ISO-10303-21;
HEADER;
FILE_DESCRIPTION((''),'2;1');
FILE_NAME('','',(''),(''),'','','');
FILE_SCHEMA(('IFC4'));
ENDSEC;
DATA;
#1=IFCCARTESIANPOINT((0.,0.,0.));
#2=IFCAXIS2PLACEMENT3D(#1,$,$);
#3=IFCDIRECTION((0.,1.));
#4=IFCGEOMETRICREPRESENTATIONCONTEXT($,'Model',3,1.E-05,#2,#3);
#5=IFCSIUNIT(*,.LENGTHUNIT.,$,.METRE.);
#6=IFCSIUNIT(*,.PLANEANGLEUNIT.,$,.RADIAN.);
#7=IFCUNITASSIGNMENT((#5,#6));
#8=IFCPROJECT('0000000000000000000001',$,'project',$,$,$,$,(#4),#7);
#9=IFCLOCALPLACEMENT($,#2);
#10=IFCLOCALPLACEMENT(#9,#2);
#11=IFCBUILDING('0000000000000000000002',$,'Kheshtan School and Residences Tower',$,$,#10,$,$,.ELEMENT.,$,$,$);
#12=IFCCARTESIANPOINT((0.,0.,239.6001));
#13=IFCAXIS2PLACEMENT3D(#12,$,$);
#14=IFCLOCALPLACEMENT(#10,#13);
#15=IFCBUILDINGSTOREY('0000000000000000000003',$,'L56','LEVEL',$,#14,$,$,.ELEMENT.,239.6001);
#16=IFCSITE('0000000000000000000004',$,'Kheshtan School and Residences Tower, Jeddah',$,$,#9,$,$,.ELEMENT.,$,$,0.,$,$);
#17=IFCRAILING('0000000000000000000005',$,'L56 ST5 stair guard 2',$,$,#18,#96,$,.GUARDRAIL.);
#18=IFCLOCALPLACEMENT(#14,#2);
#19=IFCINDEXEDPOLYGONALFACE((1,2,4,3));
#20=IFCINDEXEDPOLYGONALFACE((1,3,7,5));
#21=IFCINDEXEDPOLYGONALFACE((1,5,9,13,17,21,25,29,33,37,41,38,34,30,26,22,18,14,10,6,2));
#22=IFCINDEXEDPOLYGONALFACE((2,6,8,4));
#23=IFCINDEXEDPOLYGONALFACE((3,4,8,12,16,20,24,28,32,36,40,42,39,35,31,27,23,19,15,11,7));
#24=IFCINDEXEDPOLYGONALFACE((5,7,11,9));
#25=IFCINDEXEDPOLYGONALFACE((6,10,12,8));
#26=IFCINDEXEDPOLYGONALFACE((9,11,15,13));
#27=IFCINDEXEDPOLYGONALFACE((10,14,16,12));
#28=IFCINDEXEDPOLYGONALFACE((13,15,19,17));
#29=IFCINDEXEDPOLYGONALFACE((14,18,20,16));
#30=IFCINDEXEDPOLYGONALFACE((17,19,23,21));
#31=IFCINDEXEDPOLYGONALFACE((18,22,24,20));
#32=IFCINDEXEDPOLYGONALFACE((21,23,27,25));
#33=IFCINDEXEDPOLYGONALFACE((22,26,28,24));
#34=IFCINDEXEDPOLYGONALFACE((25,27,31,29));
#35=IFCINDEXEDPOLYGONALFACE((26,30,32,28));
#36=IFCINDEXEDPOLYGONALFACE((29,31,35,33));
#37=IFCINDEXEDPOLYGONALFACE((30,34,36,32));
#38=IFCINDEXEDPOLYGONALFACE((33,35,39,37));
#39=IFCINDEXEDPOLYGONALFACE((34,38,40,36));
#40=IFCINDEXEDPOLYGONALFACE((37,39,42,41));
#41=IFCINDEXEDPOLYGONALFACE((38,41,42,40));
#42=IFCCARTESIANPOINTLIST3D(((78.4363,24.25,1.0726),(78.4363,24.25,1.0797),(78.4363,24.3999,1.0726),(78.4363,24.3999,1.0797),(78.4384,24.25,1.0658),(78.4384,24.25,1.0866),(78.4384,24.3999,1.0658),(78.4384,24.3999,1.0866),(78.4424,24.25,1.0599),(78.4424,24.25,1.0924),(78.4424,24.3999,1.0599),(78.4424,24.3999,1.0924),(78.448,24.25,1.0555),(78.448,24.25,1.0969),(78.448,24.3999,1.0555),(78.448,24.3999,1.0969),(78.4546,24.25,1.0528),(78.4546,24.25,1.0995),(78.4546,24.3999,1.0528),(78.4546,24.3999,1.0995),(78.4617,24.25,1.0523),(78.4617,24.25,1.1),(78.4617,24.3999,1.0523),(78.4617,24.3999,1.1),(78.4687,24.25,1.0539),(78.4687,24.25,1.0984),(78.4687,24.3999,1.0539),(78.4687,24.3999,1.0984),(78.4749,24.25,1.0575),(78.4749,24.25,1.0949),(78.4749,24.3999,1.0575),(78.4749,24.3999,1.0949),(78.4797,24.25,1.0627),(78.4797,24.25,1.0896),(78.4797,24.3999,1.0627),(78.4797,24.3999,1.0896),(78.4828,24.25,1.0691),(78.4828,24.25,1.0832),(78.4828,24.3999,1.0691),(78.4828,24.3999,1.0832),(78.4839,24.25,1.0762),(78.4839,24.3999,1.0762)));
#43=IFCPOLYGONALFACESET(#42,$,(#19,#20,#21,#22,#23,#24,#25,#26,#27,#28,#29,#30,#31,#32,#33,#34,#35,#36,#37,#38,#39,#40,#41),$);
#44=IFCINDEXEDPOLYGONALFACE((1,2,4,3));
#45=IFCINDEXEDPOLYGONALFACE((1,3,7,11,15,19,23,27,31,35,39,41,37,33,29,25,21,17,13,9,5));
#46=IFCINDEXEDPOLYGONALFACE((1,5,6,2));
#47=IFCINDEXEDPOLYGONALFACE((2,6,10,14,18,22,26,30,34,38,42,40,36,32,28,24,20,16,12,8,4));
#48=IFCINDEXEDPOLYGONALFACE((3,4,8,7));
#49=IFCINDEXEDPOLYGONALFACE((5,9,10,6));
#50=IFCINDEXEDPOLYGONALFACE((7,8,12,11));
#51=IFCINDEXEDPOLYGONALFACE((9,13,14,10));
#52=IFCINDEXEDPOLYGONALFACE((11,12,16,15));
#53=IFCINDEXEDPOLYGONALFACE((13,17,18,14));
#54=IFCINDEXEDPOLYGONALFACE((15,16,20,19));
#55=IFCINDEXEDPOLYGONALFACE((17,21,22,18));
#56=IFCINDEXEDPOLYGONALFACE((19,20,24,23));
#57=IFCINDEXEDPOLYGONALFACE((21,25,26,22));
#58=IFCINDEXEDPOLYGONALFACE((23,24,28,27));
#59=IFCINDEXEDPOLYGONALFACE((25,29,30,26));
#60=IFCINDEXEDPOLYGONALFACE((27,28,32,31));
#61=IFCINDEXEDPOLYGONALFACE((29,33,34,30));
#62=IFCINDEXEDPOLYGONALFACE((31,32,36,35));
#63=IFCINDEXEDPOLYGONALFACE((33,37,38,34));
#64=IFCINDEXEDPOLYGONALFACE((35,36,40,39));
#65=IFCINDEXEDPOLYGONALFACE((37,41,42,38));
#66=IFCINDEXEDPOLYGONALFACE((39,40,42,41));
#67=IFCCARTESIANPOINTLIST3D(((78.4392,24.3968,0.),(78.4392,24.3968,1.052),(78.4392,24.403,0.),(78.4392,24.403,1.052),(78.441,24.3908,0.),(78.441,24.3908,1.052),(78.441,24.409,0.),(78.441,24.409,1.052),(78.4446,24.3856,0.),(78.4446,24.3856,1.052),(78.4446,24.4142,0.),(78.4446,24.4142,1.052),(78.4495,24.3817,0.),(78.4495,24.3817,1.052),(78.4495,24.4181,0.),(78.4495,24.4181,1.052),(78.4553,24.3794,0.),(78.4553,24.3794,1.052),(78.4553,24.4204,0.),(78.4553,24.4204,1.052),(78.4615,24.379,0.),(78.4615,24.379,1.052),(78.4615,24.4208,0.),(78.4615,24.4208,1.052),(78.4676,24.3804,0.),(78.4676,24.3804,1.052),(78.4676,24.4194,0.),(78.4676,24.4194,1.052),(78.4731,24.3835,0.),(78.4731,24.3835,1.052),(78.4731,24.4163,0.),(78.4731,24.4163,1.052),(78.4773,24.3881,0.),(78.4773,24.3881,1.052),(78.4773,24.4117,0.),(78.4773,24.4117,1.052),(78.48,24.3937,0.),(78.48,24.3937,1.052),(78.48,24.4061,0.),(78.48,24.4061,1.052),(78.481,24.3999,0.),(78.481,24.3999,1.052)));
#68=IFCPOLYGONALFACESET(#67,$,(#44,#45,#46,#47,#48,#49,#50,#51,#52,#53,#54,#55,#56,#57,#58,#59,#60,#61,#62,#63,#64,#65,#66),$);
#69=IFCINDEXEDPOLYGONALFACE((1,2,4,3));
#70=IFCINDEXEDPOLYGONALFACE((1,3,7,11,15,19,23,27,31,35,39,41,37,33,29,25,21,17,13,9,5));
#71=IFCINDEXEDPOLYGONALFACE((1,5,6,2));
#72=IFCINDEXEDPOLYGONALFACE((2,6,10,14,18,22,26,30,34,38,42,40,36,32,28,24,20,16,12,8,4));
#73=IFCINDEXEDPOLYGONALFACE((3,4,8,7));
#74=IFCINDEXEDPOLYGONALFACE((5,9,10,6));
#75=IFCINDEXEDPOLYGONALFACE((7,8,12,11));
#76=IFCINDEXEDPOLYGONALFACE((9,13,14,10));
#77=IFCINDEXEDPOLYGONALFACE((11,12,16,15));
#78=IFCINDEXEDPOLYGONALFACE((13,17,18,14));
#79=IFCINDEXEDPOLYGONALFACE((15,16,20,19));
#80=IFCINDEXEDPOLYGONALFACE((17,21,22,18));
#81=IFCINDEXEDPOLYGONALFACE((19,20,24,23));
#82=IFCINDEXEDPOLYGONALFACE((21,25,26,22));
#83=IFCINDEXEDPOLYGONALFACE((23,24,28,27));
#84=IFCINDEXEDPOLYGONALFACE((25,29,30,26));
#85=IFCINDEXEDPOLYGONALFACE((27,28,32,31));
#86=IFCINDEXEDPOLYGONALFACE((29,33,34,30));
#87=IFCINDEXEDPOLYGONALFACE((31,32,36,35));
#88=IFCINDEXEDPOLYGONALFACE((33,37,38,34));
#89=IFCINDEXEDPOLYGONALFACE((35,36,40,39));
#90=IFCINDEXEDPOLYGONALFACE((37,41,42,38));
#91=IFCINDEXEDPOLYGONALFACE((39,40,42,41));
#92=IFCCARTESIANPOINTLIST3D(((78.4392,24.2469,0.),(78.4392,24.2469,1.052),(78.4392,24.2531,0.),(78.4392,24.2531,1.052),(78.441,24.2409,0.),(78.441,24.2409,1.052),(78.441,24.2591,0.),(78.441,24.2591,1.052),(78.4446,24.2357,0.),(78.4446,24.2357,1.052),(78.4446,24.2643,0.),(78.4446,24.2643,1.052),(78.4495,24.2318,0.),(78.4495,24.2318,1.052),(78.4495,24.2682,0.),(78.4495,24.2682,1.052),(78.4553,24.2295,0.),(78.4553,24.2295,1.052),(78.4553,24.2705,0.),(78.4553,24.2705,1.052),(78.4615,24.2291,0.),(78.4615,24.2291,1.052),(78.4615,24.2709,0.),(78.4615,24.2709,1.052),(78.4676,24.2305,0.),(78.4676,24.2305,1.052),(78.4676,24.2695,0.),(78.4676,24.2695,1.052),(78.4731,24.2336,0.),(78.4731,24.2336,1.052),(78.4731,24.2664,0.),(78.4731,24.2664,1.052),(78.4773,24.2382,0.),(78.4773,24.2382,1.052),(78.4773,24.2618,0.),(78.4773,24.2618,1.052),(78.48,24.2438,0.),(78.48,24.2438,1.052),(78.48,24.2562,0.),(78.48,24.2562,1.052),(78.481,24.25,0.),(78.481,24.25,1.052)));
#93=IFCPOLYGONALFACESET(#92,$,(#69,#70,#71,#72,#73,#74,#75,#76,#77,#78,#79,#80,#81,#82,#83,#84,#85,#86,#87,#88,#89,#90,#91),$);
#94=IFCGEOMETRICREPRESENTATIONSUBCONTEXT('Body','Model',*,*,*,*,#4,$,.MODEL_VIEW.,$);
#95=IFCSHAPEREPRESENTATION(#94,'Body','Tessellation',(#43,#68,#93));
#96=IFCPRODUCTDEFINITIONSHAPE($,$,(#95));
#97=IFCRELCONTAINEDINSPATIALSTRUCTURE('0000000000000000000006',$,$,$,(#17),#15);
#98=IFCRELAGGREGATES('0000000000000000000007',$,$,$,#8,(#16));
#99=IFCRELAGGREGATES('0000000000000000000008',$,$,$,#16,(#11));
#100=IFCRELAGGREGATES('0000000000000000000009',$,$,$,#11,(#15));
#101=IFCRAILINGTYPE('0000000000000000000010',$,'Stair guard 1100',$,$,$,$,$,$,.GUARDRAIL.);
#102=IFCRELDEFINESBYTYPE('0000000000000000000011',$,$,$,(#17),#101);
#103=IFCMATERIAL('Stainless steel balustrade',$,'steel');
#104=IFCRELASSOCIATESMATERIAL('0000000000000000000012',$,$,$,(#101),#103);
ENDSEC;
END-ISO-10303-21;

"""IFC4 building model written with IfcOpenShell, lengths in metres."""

from ifc_helpers import new_model, si_unit, direction, frame, origin, origin_2d, place, context, subcontext, project, spatial, circle, extrude, material, type_object, element, save


model = new_model("IFC4")

# Units and contexts
model_context = context("Model", 3, precision=1e-05, world=origin(), true_north=direction((0.0, 1.0)))
body_context = subcontext(model_context, "Body", "Model", "MODEL_VIEW")
ifc_project = project(units=[si_unit("LENGTHUNIT", "METRE"), si_unit("PLANEANGLEUNIT", "RADIAN")], contexts=[model_context])

# Site, building, storey
site_placement = place(None, origin())
site = spatial("IfcSite", under=ifc_project, at=site_placement, Name="Kheshtan School and Residences Tower, Jeddah", CompositionType="ELEMENT", RefElevation=0.0)
building_placement = place(site_placement, origin())
building = spatial("IfcBuilding", under=site, at=building_placement, Name="Kheshtan School and Residences Tower", CompositionType="ELEMENT")
storey_placement = place(building_placement, frame((0.0, 0.0, 239.6001)))
storey = spatial("IfcBuildingStorey", under=building, at=storey_placement, Name="L56", Description="LEVEL", CompositionType="ELEMENT", Elevation=239.6001)

# Railing
ifc_material_1 = material(Name="Stainless steel balustrade", Category="steel")
railing_type_1 = type_object("IfcRailingType", Name="Stair guard 1100", PredefinedType="GUARDRAIL", material=ifc_material_1)
railing_1_placement = place(storey_placement, frame((78.46, 24.3999, 0.0)))
element("IfcRailing", 1, at=railing_1_placement, inside=storey, type_object=railing_type_1, Name="L56 ST5 stair guard 2", PredefinedType="GUARDRAIL", context=body_context, shape_type="SweptSolid", body=[
    extrude(circle(Radius=0.0239, at=origin_2d()), frame((0.0, 0.0, 1.0762), z_axis=(0.0, -1.0, 0.0), x_axis=(1.0, 0.0, 0.0)), (0.0, 0.0, 1.0), 0.1499),
    extrude(circle(Radius=0.021, at=origin_2d()), origin(), (0.0, 0.0, 1.0), 1.052),
    extrude(circle(Radius=0.021, at=origin_2d()), frame((0.0, -0.1499, 0.0)), (0.0, 0.0, 1.0), 1.052),
])

save(model, "model.ifc")
